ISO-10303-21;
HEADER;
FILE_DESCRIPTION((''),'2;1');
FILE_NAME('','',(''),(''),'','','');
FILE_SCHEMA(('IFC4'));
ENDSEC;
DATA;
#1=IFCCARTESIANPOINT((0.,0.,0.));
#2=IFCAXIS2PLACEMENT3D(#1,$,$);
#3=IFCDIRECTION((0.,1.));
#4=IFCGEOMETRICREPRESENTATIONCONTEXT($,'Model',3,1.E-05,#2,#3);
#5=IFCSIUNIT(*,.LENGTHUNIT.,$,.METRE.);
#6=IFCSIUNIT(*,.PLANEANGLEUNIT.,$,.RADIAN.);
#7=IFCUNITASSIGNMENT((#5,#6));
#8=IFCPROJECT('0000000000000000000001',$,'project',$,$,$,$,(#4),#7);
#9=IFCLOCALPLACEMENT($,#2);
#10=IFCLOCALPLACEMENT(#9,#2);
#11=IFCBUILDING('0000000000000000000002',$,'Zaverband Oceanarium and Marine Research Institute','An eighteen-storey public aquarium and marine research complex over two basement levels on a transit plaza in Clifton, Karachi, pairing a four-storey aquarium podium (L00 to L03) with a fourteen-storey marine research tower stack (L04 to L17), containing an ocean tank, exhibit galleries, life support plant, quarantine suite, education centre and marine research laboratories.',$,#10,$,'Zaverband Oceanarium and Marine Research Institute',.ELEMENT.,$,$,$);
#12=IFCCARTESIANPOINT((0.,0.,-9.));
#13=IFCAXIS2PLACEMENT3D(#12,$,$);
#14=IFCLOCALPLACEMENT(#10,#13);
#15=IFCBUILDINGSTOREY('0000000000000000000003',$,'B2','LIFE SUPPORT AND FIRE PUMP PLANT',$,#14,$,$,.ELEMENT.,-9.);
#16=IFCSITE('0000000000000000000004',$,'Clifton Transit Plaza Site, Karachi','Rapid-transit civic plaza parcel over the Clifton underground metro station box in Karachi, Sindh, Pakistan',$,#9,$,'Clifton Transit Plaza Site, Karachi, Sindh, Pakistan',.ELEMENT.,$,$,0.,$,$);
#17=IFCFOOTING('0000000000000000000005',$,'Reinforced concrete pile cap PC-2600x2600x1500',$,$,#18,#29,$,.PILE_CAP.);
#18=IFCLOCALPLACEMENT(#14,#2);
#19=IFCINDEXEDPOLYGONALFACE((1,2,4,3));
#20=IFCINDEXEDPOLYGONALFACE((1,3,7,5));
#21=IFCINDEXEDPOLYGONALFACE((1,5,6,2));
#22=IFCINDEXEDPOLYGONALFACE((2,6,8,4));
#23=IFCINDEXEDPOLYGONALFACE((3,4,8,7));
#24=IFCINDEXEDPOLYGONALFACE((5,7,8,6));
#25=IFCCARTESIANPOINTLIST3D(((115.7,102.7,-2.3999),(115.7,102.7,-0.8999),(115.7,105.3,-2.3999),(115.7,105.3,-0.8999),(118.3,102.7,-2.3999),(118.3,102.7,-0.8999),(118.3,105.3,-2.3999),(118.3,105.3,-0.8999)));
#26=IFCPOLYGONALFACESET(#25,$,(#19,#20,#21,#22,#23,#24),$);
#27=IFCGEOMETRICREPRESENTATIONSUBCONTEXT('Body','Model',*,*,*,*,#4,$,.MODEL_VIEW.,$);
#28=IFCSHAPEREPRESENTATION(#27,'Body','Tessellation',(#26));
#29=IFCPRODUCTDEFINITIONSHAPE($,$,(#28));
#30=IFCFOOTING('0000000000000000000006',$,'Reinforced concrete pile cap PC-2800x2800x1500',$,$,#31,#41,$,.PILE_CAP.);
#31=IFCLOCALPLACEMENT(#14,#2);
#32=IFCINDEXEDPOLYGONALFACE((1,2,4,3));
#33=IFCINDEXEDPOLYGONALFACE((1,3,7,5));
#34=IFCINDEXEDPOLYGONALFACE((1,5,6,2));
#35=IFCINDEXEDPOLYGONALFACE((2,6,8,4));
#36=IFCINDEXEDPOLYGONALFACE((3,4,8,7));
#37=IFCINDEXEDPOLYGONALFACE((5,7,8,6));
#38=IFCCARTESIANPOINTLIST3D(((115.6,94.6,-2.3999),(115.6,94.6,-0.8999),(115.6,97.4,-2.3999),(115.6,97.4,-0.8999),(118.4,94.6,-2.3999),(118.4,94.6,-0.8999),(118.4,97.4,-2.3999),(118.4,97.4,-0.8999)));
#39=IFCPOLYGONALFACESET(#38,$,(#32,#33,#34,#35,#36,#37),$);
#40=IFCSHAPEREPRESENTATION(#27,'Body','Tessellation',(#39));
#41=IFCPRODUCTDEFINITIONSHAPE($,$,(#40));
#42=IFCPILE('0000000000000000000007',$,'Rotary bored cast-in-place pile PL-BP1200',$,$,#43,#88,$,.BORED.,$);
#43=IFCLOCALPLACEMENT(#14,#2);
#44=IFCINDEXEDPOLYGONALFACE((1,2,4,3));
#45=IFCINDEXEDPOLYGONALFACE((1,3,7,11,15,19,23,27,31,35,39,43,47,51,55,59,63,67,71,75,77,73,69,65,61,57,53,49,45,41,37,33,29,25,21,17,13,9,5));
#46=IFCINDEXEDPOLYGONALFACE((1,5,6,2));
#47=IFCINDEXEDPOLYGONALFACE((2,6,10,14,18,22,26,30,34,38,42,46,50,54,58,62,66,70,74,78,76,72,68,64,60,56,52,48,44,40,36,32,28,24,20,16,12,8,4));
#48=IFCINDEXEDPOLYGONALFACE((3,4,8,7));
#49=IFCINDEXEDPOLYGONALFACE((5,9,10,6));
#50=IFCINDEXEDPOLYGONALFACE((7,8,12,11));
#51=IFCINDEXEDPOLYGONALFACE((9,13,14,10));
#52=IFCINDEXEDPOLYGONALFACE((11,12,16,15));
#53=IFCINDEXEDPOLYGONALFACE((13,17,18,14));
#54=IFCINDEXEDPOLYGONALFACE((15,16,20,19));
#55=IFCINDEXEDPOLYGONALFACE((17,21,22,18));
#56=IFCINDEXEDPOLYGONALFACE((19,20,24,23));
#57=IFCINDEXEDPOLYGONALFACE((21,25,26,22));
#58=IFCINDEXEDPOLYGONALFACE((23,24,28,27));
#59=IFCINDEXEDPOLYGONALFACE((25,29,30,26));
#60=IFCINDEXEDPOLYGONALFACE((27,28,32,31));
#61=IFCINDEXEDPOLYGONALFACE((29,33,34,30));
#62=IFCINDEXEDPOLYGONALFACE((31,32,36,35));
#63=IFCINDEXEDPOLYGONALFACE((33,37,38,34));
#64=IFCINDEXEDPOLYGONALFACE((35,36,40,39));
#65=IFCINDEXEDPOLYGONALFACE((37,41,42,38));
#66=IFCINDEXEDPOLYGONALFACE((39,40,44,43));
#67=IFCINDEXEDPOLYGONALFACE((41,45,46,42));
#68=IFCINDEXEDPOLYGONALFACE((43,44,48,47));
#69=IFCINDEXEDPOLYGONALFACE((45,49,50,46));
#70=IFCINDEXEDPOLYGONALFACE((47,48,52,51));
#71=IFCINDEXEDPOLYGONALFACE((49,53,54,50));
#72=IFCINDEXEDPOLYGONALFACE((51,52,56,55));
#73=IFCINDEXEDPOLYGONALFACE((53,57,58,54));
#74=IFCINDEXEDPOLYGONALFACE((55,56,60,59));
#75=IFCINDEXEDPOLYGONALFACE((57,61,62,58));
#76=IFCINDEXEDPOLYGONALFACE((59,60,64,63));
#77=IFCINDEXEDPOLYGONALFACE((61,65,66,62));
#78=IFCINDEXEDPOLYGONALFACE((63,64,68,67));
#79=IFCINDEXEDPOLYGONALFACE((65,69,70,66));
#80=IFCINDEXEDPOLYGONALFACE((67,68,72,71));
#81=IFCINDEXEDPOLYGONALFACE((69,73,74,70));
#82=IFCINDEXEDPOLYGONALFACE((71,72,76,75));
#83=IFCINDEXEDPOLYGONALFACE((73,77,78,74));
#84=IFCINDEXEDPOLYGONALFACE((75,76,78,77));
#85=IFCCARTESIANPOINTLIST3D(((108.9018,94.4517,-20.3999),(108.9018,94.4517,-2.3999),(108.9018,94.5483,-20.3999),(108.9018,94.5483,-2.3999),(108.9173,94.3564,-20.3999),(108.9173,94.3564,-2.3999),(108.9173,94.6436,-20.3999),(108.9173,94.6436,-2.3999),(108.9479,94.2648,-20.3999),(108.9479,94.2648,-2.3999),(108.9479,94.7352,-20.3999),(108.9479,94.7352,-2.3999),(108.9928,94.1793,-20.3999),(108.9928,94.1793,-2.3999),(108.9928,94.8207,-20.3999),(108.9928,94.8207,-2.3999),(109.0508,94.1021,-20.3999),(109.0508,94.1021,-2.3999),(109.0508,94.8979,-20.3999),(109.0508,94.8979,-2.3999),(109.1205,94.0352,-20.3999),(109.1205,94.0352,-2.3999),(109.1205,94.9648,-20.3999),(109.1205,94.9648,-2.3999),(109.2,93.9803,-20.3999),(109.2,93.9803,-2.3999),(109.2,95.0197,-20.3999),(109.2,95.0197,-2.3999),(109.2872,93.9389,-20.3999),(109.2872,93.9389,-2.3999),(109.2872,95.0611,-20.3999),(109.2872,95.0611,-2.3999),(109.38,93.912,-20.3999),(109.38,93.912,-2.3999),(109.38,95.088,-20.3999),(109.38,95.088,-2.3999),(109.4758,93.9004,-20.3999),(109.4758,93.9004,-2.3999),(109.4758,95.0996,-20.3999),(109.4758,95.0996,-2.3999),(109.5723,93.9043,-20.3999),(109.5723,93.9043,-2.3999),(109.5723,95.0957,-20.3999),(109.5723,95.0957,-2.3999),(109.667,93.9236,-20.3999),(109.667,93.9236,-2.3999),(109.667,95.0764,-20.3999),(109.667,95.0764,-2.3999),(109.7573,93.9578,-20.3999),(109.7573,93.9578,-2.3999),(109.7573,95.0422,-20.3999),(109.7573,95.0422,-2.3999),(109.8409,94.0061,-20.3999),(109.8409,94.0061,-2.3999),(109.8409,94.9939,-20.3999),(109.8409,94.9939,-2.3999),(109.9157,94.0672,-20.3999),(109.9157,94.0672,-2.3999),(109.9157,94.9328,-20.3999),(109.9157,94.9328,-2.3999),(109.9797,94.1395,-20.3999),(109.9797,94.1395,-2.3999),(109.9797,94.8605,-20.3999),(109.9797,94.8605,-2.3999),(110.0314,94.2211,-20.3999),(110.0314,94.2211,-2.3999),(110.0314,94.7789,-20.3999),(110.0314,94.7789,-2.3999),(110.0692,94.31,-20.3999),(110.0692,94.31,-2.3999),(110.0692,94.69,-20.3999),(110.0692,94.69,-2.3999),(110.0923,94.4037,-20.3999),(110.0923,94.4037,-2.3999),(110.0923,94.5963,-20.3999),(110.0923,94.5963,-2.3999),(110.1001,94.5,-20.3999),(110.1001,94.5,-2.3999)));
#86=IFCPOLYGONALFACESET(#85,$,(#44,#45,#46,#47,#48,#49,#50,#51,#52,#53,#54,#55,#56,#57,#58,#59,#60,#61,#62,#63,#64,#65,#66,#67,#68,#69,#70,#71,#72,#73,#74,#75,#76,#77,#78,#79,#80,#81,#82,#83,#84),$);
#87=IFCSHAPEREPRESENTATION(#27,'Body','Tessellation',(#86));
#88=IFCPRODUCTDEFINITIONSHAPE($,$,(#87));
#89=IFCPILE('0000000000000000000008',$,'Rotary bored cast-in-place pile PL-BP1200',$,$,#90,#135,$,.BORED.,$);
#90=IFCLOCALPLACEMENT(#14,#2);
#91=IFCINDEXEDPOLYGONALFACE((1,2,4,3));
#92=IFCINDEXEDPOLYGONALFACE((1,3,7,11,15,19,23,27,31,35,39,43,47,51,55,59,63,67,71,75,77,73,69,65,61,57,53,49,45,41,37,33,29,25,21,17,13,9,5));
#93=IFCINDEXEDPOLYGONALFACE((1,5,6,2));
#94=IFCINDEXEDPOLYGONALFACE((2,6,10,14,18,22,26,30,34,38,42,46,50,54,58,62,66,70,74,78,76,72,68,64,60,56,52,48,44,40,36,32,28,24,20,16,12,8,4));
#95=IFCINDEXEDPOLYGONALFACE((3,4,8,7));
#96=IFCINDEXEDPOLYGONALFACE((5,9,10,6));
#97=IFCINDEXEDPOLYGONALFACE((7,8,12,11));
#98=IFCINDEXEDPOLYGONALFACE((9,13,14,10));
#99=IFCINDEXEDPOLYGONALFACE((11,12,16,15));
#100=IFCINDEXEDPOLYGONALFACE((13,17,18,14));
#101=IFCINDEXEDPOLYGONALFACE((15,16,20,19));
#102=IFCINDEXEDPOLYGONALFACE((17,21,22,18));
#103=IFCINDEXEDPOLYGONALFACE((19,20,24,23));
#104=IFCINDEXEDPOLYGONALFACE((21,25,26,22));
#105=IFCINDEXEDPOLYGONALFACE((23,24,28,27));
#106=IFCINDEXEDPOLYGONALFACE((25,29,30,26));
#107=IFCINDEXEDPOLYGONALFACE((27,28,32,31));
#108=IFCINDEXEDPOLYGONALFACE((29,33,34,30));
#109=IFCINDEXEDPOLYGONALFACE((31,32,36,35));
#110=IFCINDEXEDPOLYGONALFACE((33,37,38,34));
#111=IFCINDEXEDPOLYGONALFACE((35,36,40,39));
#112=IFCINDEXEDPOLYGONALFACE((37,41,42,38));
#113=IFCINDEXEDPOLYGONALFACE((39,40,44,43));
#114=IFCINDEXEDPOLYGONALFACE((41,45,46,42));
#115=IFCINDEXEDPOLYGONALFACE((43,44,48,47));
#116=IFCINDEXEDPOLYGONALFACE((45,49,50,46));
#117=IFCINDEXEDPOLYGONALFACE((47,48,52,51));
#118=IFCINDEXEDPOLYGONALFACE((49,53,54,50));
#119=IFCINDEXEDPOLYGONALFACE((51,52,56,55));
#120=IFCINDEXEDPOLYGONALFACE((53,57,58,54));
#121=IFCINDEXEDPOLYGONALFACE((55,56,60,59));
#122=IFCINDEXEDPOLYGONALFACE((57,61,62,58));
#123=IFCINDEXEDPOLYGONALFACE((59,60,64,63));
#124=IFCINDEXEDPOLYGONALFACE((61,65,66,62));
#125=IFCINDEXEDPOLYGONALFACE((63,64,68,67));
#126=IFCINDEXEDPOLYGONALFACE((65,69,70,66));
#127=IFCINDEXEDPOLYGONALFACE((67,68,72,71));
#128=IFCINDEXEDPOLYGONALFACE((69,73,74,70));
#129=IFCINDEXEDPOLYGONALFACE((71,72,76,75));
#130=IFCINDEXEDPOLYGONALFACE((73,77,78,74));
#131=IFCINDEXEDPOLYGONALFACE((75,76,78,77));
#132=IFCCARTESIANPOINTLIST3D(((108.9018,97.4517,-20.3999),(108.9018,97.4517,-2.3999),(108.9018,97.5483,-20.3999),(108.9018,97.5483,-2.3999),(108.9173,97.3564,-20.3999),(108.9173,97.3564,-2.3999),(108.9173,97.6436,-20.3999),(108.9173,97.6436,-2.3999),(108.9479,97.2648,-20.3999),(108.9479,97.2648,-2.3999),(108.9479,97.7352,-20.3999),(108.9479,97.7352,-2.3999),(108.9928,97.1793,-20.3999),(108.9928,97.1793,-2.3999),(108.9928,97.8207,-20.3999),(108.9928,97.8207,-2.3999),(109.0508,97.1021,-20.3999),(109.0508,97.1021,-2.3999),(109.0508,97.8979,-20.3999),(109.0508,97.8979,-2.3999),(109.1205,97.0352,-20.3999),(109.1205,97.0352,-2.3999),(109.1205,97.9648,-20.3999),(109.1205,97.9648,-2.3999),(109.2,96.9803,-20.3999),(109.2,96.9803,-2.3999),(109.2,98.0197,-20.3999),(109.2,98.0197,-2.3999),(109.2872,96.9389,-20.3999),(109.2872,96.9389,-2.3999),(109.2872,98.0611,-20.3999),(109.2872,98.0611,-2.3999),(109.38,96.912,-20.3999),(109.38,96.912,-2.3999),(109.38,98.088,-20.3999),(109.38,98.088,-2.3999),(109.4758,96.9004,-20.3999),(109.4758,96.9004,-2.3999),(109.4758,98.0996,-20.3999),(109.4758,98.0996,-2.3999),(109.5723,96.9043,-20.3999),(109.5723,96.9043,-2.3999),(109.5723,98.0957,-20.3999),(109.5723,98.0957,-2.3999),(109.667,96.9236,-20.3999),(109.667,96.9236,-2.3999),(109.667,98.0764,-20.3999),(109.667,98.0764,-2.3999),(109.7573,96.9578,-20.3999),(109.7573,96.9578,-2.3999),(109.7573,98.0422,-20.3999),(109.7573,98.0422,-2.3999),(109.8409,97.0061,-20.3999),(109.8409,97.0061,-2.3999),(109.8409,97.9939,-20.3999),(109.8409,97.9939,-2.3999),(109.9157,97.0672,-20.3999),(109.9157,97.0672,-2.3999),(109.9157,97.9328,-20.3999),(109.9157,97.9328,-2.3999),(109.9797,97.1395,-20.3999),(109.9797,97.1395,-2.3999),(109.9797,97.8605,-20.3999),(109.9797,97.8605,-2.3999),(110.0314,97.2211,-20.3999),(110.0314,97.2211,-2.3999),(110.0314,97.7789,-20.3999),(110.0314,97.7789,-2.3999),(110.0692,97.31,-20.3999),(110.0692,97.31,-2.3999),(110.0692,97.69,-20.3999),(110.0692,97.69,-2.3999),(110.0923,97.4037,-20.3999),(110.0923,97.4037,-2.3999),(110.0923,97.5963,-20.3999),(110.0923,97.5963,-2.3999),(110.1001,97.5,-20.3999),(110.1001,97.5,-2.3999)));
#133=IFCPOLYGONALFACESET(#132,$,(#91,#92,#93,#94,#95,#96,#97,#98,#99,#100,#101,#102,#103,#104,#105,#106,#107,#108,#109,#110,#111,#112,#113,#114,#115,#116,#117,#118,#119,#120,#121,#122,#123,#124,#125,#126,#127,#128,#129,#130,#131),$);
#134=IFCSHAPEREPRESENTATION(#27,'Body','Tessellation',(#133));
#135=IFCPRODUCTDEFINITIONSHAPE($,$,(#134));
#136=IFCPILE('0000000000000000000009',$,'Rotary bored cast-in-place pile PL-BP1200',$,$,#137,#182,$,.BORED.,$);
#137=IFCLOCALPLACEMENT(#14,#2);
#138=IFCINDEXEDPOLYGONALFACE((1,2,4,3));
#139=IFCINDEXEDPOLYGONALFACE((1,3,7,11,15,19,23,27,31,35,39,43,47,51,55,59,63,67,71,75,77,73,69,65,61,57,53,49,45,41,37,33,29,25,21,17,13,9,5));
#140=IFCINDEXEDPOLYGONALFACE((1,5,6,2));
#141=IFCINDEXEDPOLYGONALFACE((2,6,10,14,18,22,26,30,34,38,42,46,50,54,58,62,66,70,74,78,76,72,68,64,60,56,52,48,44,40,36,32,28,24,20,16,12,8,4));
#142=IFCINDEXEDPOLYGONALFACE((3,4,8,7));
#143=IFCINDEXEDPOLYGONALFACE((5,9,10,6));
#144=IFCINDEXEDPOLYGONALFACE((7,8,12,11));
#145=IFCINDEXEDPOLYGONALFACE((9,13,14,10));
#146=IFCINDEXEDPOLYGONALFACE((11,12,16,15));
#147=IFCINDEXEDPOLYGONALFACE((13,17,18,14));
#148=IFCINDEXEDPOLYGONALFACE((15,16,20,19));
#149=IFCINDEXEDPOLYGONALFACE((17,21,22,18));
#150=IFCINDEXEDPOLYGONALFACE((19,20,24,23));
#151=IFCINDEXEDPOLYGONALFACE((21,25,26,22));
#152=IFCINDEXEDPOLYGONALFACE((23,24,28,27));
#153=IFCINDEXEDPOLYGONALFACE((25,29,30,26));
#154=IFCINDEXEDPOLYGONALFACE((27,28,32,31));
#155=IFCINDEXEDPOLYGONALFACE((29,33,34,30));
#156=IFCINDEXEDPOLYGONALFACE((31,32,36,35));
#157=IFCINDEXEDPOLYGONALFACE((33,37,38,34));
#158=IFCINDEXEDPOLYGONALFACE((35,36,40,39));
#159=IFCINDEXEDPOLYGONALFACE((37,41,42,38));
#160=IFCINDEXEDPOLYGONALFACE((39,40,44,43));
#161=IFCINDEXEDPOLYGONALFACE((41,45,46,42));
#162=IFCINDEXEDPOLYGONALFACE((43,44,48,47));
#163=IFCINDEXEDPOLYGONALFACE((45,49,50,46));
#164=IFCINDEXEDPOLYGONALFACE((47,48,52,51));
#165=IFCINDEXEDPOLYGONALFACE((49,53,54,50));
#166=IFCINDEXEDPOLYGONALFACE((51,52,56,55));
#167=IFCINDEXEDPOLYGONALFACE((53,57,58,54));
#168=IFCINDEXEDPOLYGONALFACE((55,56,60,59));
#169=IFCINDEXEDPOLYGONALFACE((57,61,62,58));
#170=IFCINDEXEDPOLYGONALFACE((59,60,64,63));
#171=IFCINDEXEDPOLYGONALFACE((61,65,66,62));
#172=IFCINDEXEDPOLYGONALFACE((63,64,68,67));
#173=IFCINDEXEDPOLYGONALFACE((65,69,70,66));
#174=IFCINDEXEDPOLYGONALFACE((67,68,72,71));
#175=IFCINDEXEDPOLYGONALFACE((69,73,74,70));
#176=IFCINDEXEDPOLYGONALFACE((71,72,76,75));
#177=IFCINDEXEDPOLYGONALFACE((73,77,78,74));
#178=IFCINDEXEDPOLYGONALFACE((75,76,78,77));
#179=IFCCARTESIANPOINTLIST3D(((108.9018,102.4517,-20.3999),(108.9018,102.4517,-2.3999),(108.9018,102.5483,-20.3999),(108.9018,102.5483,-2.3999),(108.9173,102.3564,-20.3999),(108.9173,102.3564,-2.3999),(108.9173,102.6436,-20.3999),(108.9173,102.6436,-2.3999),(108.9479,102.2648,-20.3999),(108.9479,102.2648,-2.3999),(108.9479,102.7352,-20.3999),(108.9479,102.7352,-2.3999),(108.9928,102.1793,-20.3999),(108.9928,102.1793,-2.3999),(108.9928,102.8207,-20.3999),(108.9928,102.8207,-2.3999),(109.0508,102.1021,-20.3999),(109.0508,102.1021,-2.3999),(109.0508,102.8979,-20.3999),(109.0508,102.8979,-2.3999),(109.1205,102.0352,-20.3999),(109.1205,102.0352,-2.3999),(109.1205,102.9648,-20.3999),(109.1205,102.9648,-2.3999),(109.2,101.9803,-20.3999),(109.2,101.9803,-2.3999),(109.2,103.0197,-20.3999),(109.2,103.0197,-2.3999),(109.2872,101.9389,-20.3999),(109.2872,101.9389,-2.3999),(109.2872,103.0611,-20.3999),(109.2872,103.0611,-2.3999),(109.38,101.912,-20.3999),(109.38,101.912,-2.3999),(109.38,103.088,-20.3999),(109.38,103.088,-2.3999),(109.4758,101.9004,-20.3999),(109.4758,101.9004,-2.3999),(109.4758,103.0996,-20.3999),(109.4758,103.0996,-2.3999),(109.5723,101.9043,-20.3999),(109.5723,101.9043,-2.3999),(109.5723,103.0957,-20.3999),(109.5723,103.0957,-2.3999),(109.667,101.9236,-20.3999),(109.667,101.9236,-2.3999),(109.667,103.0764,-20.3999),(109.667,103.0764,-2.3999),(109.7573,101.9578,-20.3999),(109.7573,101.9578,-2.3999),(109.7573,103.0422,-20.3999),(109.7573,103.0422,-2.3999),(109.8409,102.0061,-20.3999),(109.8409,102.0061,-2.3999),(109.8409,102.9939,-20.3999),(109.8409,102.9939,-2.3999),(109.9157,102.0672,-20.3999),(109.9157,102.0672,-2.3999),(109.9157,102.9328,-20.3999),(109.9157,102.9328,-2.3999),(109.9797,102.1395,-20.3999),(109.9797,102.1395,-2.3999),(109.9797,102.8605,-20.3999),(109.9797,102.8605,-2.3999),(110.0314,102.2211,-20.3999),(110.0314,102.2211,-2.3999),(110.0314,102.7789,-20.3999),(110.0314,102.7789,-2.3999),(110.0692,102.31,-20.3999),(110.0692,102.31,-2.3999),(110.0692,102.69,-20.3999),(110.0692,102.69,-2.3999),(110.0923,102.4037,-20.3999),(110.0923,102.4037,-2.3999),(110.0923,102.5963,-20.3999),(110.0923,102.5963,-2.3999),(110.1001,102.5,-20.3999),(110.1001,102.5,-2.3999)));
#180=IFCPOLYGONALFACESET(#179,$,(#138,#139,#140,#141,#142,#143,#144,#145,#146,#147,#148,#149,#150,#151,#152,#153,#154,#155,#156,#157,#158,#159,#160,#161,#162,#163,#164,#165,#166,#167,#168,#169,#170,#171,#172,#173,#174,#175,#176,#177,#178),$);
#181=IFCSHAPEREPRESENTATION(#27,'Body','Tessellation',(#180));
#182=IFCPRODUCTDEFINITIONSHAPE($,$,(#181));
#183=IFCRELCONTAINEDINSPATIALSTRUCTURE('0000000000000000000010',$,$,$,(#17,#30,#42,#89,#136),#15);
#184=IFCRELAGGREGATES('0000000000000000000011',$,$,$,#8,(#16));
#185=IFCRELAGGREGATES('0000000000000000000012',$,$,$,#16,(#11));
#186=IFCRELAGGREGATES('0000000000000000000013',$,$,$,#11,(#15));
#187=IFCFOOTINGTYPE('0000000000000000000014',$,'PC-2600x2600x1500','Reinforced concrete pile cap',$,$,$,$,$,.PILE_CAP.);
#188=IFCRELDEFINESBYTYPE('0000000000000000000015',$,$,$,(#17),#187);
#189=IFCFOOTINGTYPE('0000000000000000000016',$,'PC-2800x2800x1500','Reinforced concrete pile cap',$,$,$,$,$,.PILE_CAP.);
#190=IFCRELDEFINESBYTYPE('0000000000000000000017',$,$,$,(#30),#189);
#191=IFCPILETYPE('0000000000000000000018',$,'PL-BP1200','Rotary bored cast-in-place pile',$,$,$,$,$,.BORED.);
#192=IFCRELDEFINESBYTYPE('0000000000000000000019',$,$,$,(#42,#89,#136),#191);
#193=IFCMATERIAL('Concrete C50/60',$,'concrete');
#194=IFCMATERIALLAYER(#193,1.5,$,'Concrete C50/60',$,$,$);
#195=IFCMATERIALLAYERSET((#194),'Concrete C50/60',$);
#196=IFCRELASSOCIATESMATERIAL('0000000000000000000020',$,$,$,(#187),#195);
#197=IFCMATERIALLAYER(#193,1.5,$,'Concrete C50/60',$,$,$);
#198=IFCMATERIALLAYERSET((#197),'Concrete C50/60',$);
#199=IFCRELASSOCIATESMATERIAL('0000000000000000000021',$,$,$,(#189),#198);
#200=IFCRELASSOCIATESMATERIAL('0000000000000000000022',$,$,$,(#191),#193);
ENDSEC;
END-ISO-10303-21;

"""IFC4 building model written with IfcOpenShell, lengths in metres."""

from ifc_helpers import new_model, si_unit, direction, frame, origin, origin_2d, place, context, subcontext, project, spatial, rectangle, circle, extrude, material, layer, layer_set, material_profile, profile_set, type_object, element, save


model = new_model("IFC4")

# Units and contexts
model_context = context("Model", 3, precision=1e-05, world=origin(), true_north=direction((0.0, 1.0)))
body_context = subcontext(model_context, "Body", "Model", "MODEL_VIEW")
ifc_project = project(units=[si_unit("LENGTHUNIT", "METRE"), si_unit("PLANEANGLEUNIT", "RADIAN")], contexts=[model_context])

# Site, building, storey
site_placement = place(None, origin())
site = spatial("IfcSite", under=ifc_project, at=site_placement, Name="Clifton Transit Plaza Site, Karachi", Description="Rapid-transit civic plaza parcel over the Clifton underground metro station box in Karachi, Sindh, Pakistan", LongName="Clifton Transit Plaza Site, Karachi, Sindh, Pakistan", CompositionType="ELEMENT", RefElevation=0.0)
building_placement = place(site_placement, origin())
building = spatial("IfcBuilding", under=site, at=building_placement, Name="Zaverband Oceanarium and Marine Research Institute", Description="An eighteen-storey public aquarium and marine research complex over two basement levels on a transit plaza in Clifton, Karachi, pairing a four-storey aquarium podium (L00 to L03) with a fourteen-storey marine research tower stack (L04 to L17), containing an ocean tank, exhibit galleries, life support plant, quarantine suite, education centre and marine research laboratories.", LongName="Zaverband Oceanarium and Marine Research Institute", CompositionType="ELEMENT")
storey_placement = place(building_placement, frame((0.0, 0.0, -9.0)))
storey = spatial("IfcBuildingStorey", under=building, at=storey_placement, Name="B2", Description="LIFE SUPPORT AND FIRE PUMP PLANT", CompositionType="ELEMENT", Elevation=-9.0)

# Footings
ifc_material_1 = material(Name="Concrete C50/60", Category="concrete")
ifc_layer_1 = layer(ifc_material_1, 1.5, Name="Concrete C50/60")
ifc_layer_set_1 = layer_set([ifc_layer_1], Name="Concrete C50/60")
footing_type_1 = type_object("IfcFootingType", Name="PC-2600x2600x1500", Description="Reinforced concrete pile cap", PredefinedType="PILE_CAP", material=ifc_layer_set_1)
footing_1_placement = place(storey_placement, frame((117.0, 104.0, -2.3999), z_axis=(0.0, 0.0, 1.0), x_axis=(1.0, 0.0, 0.0)))
element("IfcFooting", 1, at=footing_1_placement, inside=storey, type_object=footing_type_1, Name="Reinforced concrete pile cap PC-2600x2600x1500", PredefinedType="PILE_CAP", context=body_context, shape_type="SweptSolid", body=[
    extrude(rectangle(XDim=2.6001, YDim=2.6001, at=origin_2d()), origin(), (0.0, 0.0, 1.0), 1.5),
])
ifc_layer_2 = layer(ifc_material_1, 1.5, Name="Concrete C50/60")
ifc_layer_set_2 = layer_set([ifc_layer_2], Name="Concrete C50/60")
footing_type_2 = type_object("IfcFootingType", Name="PC-2800x2800x1500", Description="Reinforced concrete pile cap", PredefinedType="PILE_CAP", material=ifc_layer_set_2)
footing_2_placement = place(storey_placement, frame((117.0, 96.0, -2.3999), z_axis=(0.0, 0.0, 1.0), x_axis=(1.0, 0.0, 0.0)))
element("IfcFooting", 2, at=footing_2_placement, inside=storey, type_object=footing_type_2, Name="Reinforced concrete pile cap PC-2800x2800x1500", PredefinedType="PILE_CAP", context=body_context, shape_type="SweptSolid", body=[
    extrude(rectangle(XDim=2.8, YDim=2.8, at=origin_2d()), origin(), (0.0, 0.0, 1.0), 1.5),
])

# Piles
ifc_material_profile_1 = material_profile(ifc_material_1, circle(Radius=0.6001, at=origin_2d()), Name="BP1200")
ifc_profile_set_1 = profile_set([ifc_material_profile_1], Name="Concrete C50/60")
pile_type = type_object("IfcPileType", Name="PL-BP1200", Description="Rotary bored cast-in-place pile", PredefinedType="BORED", material=ifc_profile_set_1)
for number, where, z_axis, x_axis, name in (
    (3, (109.5, 94.5, -2.3999), (0.0, 0.0, -1.0), (1.0, 0.0, 0.0), "Rotary bored cast-in-place pile PL-BP1200"),
    (4, (109.5, 97.5, -2.3999), (0.0, 0.0, -1.0), (1.0, 0.0, 0.0), "Rotary bored cast-in-place pile PL-BP1200"),
    (5, (109.5, 102.5, -2.3999), (0.0, 0.0, -1.0), (1.0, 0.0, 0.0), "Rotary bored cast-in-place pile PL-BP1200"),
):
    element("IfcPile", number, at=place(storey_placement, frame(where, z_axis=z_axis, x_axis=x_axis)), inside=storey, type_object=pile_type, Name=name, PredefinedType="BORED", context=body_context, shape_type="SweptSolid", body=[
        extrude(circle(Radius=0.6001, at=origin_2d()), origin(), (0.0, 0.0, 1.0), 18.0),
    ])

save(model, "model.ifc")
